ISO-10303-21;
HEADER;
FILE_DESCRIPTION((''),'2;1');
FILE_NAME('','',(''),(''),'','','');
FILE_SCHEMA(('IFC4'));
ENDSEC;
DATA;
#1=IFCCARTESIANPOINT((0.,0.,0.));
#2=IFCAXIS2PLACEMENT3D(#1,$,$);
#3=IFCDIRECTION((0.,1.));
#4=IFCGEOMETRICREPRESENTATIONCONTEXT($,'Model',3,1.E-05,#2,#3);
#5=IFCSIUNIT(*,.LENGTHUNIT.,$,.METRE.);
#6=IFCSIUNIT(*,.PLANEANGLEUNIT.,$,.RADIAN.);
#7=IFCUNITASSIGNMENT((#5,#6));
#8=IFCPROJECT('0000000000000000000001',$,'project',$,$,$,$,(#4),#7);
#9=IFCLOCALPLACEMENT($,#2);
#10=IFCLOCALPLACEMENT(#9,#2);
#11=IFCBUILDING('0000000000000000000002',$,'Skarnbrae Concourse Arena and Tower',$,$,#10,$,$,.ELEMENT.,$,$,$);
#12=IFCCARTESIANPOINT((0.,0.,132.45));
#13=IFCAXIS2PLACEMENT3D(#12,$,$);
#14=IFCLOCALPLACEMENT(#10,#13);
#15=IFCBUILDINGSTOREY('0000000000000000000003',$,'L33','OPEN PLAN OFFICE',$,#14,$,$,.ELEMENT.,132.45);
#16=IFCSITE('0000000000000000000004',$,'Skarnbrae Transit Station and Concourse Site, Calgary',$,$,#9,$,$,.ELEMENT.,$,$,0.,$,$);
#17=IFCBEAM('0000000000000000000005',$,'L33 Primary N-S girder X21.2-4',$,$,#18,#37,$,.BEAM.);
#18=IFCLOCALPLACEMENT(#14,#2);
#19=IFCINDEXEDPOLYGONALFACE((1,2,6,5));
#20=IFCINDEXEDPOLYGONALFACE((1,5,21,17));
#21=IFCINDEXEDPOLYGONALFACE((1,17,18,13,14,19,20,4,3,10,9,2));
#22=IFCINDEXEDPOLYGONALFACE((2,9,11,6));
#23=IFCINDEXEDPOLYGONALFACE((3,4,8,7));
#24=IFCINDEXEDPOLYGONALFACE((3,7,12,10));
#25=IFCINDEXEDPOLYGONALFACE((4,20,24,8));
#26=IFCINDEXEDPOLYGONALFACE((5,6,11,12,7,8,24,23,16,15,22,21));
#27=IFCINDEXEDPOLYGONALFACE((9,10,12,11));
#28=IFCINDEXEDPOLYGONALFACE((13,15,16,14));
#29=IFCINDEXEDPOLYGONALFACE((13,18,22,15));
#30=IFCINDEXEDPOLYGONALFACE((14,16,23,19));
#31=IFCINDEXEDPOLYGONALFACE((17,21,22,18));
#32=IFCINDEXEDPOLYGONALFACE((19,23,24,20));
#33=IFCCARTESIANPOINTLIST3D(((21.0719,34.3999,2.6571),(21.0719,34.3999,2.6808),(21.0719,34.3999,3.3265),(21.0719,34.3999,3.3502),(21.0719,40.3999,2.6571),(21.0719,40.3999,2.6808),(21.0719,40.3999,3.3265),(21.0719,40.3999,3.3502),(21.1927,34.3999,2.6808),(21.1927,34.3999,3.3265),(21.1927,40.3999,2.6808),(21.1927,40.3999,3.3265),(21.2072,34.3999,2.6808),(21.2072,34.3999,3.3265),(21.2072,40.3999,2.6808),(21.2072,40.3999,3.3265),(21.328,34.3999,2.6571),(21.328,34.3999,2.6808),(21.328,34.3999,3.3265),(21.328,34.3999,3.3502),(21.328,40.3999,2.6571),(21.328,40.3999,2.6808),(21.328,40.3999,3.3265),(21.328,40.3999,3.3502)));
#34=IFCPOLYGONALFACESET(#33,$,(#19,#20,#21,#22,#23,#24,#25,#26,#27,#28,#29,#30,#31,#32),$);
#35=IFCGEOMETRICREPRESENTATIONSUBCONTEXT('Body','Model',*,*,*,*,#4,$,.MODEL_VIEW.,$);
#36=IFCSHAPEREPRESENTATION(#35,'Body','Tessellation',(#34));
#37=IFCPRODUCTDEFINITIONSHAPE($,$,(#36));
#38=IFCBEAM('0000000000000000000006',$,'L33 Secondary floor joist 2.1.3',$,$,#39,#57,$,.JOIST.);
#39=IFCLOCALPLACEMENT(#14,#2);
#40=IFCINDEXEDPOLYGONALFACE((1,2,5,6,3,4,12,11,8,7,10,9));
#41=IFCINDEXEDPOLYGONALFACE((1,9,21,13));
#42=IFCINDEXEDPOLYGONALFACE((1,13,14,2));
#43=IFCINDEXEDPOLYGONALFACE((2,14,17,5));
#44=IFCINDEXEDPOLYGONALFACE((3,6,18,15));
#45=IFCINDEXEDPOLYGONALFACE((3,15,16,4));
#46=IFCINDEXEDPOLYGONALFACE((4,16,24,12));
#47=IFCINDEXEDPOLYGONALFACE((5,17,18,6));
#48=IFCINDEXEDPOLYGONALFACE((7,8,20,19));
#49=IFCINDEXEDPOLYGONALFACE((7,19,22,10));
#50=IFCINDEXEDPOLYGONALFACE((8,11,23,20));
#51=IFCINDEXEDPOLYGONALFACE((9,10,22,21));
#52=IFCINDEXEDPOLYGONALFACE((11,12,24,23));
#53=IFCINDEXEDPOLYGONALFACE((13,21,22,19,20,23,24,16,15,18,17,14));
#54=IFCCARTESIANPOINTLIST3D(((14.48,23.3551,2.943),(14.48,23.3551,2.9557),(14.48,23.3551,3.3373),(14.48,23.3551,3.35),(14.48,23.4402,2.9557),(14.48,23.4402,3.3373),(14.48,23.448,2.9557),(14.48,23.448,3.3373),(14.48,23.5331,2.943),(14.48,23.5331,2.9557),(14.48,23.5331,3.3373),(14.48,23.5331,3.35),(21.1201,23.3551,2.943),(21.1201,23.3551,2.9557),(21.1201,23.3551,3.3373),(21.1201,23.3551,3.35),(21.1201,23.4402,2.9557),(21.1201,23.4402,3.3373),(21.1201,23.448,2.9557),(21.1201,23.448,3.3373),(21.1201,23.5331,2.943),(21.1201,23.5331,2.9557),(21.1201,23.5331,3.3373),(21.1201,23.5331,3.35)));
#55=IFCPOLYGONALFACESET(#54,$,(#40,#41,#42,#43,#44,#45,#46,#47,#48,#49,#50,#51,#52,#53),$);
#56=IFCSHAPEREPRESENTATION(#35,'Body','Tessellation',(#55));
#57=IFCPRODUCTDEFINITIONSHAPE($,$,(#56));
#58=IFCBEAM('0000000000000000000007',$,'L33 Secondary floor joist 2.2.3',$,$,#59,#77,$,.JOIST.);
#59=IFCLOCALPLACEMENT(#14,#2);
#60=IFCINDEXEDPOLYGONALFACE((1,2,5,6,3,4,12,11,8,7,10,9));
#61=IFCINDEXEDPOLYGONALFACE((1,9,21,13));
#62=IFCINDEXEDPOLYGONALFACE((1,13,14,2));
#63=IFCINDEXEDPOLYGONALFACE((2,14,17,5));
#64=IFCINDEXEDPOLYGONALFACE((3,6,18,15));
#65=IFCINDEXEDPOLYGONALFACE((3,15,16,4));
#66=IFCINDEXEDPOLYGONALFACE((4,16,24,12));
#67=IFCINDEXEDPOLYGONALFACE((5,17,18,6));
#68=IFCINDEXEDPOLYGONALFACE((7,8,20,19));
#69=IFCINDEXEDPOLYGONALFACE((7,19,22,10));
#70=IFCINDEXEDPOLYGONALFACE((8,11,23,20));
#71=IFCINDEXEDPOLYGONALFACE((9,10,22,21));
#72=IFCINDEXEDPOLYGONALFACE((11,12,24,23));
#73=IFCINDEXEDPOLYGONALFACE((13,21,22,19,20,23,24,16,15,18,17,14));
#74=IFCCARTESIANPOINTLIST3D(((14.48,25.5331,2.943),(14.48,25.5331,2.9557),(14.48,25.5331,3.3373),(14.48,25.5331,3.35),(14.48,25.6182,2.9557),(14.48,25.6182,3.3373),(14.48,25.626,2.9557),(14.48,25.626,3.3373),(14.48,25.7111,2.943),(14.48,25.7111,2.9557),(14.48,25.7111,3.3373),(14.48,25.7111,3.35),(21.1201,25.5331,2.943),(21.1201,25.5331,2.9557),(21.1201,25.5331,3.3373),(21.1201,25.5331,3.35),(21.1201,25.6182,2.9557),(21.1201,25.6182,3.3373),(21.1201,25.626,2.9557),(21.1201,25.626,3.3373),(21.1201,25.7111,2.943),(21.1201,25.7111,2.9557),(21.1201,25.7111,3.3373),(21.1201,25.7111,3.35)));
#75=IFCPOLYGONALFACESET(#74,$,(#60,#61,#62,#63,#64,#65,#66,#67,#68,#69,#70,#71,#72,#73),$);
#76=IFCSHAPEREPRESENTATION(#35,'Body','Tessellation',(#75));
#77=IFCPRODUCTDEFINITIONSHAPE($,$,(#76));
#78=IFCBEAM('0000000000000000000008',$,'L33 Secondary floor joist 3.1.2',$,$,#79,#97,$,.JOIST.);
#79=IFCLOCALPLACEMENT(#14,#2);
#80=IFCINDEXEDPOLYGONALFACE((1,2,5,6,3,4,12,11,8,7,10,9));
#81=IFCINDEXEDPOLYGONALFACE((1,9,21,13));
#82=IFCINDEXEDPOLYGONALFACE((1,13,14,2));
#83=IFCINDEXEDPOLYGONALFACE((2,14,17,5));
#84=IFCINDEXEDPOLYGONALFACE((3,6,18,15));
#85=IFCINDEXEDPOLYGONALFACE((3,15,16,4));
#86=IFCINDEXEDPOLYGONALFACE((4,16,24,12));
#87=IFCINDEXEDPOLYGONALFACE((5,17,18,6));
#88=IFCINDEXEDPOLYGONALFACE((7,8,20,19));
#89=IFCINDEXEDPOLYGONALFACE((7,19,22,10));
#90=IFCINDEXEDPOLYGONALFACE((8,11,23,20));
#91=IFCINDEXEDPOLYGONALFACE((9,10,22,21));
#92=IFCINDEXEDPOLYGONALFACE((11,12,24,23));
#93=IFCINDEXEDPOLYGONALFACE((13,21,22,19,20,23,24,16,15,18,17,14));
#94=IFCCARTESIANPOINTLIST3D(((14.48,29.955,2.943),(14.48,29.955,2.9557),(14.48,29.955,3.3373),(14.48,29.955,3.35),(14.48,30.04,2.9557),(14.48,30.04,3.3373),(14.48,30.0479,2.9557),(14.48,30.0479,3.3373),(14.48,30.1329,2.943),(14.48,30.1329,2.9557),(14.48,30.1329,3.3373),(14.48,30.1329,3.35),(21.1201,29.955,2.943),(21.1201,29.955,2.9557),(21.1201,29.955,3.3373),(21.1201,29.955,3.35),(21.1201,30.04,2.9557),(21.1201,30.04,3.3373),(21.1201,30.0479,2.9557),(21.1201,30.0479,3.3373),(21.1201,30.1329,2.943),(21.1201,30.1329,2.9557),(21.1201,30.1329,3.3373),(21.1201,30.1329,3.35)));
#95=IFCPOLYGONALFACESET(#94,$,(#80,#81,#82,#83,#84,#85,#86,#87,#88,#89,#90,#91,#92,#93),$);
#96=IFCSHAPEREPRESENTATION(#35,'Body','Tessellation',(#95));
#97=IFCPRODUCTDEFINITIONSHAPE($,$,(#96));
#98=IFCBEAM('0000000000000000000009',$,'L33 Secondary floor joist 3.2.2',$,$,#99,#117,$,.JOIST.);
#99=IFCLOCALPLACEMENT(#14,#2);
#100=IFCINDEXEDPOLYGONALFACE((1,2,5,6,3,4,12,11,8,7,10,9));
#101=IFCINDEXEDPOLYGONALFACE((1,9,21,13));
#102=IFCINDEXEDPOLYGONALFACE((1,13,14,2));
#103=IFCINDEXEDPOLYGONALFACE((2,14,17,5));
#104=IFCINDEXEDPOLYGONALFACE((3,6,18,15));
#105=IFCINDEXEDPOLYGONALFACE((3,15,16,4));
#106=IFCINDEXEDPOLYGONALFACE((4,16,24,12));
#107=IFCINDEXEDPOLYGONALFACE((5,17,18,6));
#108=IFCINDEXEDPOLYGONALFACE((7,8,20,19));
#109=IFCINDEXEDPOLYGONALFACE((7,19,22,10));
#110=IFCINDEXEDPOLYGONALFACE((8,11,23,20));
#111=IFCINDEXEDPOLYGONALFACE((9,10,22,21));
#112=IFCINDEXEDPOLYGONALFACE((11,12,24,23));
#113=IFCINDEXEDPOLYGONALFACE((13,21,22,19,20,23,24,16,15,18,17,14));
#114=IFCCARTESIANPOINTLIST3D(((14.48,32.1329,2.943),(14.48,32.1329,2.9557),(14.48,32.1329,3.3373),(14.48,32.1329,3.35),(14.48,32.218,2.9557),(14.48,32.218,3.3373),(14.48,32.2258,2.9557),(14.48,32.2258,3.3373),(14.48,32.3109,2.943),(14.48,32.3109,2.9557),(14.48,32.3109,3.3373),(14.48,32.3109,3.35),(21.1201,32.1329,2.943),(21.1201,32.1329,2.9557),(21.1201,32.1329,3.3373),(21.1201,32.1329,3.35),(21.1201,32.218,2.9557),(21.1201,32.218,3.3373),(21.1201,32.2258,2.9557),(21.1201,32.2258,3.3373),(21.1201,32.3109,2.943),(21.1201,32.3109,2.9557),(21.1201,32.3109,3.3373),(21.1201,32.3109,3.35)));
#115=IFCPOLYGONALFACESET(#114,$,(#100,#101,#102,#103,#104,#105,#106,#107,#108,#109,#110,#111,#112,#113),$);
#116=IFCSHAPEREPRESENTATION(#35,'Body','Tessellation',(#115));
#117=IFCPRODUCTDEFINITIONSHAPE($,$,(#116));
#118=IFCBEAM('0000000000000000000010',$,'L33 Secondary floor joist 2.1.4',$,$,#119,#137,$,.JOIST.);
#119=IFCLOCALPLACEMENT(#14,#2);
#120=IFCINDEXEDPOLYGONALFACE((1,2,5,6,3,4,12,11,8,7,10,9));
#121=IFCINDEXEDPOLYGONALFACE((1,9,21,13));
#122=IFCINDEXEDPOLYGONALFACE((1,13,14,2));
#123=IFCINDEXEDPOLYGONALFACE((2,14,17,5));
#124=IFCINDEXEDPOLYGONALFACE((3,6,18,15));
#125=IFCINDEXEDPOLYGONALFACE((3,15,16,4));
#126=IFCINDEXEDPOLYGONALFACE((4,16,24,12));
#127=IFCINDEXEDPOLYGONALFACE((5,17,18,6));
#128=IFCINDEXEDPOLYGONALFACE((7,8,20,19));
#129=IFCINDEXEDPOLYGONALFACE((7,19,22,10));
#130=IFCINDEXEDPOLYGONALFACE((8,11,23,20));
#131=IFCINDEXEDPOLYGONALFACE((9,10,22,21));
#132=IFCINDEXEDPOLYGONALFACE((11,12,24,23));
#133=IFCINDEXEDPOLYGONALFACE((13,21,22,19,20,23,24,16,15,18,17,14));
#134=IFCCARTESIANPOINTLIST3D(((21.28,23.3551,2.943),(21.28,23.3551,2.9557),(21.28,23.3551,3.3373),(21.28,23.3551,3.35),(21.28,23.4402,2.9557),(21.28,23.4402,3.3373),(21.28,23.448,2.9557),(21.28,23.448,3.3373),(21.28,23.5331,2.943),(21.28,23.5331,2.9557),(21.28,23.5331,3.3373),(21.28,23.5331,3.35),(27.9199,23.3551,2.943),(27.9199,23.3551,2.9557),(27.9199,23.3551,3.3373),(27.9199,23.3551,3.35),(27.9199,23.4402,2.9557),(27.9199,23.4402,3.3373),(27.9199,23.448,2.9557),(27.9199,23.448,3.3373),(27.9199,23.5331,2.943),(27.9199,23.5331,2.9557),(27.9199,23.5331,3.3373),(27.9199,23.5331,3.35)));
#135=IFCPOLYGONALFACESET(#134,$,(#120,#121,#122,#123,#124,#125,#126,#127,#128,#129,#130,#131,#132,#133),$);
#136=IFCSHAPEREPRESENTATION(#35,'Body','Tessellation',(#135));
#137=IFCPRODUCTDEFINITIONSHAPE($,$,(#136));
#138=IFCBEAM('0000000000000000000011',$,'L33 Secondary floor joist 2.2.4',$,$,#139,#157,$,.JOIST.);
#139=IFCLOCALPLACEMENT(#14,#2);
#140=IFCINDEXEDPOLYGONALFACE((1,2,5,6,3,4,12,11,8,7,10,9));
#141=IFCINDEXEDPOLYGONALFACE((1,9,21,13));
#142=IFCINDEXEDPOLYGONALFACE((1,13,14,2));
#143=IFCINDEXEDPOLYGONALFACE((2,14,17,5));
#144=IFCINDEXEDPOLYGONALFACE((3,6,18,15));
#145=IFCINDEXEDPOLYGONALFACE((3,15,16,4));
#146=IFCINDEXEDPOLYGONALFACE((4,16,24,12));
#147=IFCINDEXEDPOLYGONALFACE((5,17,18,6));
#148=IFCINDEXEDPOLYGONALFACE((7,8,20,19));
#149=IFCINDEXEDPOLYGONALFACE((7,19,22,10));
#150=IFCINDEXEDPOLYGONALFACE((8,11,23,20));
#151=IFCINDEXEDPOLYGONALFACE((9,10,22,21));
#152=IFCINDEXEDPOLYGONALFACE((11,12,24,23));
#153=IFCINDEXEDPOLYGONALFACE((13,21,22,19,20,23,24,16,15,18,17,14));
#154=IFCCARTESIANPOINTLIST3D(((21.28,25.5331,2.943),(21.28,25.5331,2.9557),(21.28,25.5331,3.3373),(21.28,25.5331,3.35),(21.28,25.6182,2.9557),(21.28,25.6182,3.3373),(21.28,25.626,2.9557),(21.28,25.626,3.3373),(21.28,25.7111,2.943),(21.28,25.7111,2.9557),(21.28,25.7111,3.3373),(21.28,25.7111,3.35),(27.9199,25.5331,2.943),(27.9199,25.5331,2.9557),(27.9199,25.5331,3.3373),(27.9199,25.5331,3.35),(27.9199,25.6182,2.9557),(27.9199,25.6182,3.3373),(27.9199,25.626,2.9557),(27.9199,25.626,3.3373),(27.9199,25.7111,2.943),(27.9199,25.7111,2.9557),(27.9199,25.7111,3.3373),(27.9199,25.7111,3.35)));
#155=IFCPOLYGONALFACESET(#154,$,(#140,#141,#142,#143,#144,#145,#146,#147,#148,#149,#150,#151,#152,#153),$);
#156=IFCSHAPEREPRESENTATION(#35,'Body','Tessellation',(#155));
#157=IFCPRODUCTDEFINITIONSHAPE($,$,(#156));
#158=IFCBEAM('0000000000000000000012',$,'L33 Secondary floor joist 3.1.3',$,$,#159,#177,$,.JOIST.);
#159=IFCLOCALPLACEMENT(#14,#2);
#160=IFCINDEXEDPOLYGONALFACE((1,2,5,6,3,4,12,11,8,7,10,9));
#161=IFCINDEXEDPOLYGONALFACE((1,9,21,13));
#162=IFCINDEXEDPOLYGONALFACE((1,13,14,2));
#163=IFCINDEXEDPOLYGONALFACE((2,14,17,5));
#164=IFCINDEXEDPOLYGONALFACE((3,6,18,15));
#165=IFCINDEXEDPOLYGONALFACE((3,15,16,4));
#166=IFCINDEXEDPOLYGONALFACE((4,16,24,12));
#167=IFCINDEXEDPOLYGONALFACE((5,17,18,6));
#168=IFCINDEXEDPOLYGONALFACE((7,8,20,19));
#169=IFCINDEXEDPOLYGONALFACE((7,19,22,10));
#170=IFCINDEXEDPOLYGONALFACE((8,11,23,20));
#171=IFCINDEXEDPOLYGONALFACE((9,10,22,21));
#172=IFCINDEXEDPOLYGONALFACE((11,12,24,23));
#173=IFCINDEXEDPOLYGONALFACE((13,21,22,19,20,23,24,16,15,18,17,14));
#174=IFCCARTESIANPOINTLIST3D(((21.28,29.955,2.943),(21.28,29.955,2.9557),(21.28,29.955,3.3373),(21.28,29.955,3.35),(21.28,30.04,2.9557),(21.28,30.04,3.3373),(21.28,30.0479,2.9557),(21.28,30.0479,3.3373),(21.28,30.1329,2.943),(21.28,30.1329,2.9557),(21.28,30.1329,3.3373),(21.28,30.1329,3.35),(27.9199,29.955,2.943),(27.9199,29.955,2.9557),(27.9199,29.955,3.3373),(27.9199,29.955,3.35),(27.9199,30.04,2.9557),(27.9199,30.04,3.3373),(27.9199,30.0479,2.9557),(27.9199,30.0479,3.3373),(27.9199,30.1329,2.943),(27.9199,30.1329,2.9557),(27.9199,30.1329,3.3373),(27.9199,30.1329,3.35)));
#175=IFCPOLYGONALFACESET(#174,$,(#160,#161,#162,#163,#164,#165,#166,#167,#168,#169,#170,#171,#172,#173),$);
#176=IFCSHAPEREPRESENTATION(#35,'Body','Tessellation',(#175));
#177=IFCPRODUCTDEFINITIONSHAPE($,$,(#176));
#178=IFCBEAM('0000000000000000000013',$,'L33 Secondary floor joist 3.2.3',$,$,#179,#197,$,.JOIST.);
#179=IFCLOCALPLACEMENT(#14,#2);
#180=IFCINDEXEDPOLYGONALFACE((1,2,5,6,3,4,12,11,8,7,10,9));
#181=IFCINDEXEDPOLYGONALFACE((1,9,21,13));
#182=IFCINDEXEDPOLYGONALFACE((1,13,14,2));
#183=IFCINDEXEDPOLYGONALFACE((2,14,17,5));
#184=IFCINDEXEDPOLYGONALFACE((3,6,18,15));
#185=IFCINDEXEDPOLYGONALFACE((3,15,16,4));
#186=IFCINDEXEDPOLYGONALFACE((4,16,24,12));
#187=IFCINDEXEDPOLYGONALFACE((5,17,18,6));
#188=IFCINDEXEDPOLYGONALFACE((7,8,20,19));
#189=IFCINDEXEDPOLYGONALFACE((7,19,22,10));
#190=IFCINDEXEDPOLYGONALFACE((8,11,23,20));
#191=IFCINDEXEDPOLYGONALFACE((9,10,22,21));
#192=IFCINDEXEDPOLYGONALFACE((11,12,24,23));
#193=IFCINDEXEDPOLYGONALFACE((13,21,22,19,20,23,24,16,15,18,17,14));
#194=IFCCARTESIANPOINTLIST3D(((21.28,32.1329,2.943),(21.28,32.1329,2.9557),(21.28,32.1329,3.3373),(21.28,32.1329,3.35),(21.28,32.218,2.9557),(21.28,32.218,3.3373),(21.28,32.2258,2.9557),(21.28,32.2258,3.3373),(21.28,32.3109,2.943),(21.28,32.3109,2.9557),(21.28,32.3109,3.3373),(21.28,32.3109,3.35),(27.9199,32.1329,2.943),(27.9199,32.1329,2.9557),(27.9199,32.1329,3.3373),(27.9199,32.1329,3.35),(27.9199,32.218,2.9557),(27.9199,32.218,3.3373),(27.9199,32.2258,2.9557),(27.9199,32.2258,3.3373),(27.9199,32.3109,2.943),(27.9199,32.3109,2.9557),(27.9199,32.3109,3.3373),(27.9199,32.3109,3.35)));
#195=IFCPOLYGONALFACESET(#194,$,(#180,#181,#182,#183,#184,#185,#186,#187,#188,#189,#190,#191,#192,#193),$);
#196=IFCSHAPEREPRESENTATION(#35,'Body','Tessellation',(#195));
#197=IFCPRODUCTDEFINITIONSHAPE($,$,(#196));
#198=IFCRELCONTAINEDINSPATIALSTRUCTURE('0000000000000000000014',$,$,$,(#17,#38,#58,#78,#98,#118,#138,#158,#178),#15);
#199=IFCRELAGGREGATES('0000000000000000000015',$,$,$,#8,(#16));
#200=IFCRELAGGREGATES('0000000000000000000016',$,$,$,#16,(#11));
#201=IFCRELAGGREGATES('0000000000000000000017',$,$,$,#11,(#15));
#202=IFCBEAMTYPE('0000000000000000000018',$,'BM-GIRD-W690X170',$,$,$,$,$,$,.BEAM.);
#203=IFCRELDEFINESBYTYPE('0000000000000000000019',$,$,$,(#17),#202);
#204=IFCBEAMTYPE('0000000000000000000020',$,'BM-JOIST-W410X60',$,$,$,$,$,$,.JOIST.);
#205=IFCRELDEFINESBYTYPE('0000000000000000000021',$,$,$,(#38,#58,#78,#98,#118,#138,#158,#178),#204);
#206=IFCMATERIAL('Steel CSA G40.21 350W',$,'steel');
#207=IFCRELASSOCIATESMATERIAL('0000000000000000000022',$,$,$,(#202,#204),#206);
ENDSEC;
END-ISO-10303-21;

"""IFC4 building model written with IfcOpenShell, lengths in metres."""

from ifc_helpers import new_model, si_unit, direction, frame, origin, origin_2d, place, context, subcontext, project, spatial, i_section, extrude, source, transform, mapped, material, material_profile, profile_set, type_object, element, save


model = new_model("IFC4")

# Units and contexts
model_context = context("Model", 3, precision=1e-05, world=origin(), true_north=direction((0.0, 1.0)))
body_context = subcontext(model_context, "Body", "Model", "MODEL_VIEW")
ifc_project = project(units=[si_unit("LENGTHUNIT", "METRE"), si_unit("PLANEANGLEUNIT", "RADIAN")], contexts=[model_context])

# Site, building, storey
site_placement = place(None, origin())
site = spatial("IfcSite", under=ifc_project, at=site_placement, Name="Skarnbrae Transit Station and Concourse Site, Calgary", CompositionType="ELEMENT", RefElevation=0.0)
building_placement = place(site_placement, origin())
building = spatial("IfcBuilding", under=site, at=building_placement, Name="Skarnbrae Concourse Arena and Tower", CompositionType="ELEMENT")
storey_placement = place(building_placement, frame((0.0, 0.0, 132.45)))
storey = spatial("IfcBuildingStorey", under=building, at=storey_placement, Name="L33", Description="OPEN PLAN OFFICE", CompositionType="ELEMENT", Elevation=132.45)

# Shared definitions
ifc_material_1 = material(Name="Steel CSA G40.21 350W", Category="steel")

# Beams
ifc_material_profile_1 = material_profile(ifc_material_1, i_section(OverallWidth=0.2561, OverallDepth=0.6931, WebThickness=0.0144, FlangeThickness=0.0237, at=origin_2d()), Name="W690X170")
ifc_profile_set_1 = profile_set([ifc_material_profile_1], Name="Steel CSA G40.21 350W")
beam_type_1 = type_object("IfcBeamType", Name="BM-GIRD-W690X170", PredefinedType="BEAM", material=ifc_profile_set_1)
shared_shape_1 = source(origin(), body_context, "Body", "SweptSolid", [
    extrude(i_section(OverallWidth=0.2561, OverallDepth=0.6931, WebThickness=0.0144, FlangeThickness=0.0237, at=origin_2d()), origin(), (0.0, 0.0, 1.0), 6.0),
])
for number, where, z_axis, x_axis, name in (
    (1, (21.2, 34.3999, 3.0037), (0.0, 1.0, 0.0), (-1.0, 0.0, 0.0), "L33 Primary N-S girder X21.2-4"),
):
    element("IfcBeam", number, at=place(storey_placement, frame(where, z_axis=z_axis, x_axis=x_axis)), inside=storey, type_object=beam_type_1, Name=name, PredefinedType="BEAM", context=body_context, shape_type="MappedRepresentation", body=[
        mapped(shared_shape_1, transform((0.0, 0.0, 0.0))),
    ])
ifc_material_profile_2 = material_profile(ifc_material_1, i_section(OverallWidth=0.178, OverallDepth=0.407, WebThickness=0.0078, FlangeThickness=0.0127, at=origin_2d()), Name="W410X60")
ifc_profile_set_2 = profile_set([ifc_material_profile_2], Name="Steel CSA G40.21 350W")
beam_type_2 = type_object("IfcBeamType", Name="BM-JOIST-W410X60", PredefinedType="JOIST", material=ifc_profile_set_2)
shared_shape_2 = source(origin(), body_context, "Body", "SweptSolid", [
    extrude(i_section(OverallWidth=0.178, OverallDepth=0.407, WebThickness=0.0078, FlangeThickness=0.0127, at=origin_2d()), origin(), (0.0, 0.0, 1.0), 6.6401),
])
for number, where, z_axis, x_axis, name in (
    (2, (14.48, 23.4441, 3.1465), (1.0, 0.0, 0.0), (0.0, 1.0, 0.0), "L33 Secondary floor joist 2.1.3"),
    (3, (14.48, 25.6221, 3.1465), (1.0, 0.0, 0.0), (0.0, 1.0, 0.0), "L33 Secondary floor joist 2.2.3"),
    (4, (14.48, 30.0439, 3.1465), (1.0, 0.0, 0.0), (0.0, 1.0, 0.0), "L33 Secondary floor joist 3.1.2"),
    (5, (14.48, 32.2219, 3.1465), (1.0, 0.0, 0.0), (0.0, 1.0, 0.0), "L33 Secondary floor joist 3.2.2"),
):
    element("IfcBeam", number, at=place(storey_placement, frame(where, z_axis=z_axis, x_axis=x_axis)), inside=storey, type_object=beam_type_2, Name=name, PredefinedType="JOIST", context=body_context, shape_type="MappedRepresentation", body=[
        mapped(shared_shape_2, transform((0.0, 0.0, 0.0))),
    ])
shared_shape_3 = source(origin(), body_context, "Body", "SweptSolid", [
    extrude(i_section(OverallWidth=0.178, OverallDepth=0.407, WebThickness=0.0078, FlangeThickness=0.0127, at=origin_2d()), origin(), (0.0, 0.0, 1.0), 6.6399),
])
for number, where, z_axis, x_axis, name in (
    (6, (21.28, 23.4441, 3.1465), (1.0, 0.0, 0.0), (0.0, 1.0, 0.0), "L33 Secondary floor joist 2.1.4"),
    (7, (21.28, 25.6221, 3.1465), (1.0, 0.0, 0.0), (0.0, 1.0, 0.0), "L33 Secondary floor joist 2.2.4"),
    (8, (21.28, 30.0439, 3.1465), (1.0, 0.0, 0.0), (0.0, 1.0, 0.0), "L33 Secondary floor joist 3.1.3"),
    (9, (21.28, 32.2219, 3.1465), (1.0, 0.0, 0.0), (0.0, 1.0, 0.0), "L33 Secondary floor joist 3.2.3"),
):
    element("IfcBeam", number, at=place(storey_placement, frame(where, z_axis=z_axis, x_axis=x_axis)), inside=storey, type_object=beam_type_2, Name=name, PredefinedType="JOIST", context=body_context, shape_type="MappedRepresentation", body=[
        mapped(shared_shape_3, transform((0.0, 0.0, 0.0))),
    ])

save(model, "model.ifc")
